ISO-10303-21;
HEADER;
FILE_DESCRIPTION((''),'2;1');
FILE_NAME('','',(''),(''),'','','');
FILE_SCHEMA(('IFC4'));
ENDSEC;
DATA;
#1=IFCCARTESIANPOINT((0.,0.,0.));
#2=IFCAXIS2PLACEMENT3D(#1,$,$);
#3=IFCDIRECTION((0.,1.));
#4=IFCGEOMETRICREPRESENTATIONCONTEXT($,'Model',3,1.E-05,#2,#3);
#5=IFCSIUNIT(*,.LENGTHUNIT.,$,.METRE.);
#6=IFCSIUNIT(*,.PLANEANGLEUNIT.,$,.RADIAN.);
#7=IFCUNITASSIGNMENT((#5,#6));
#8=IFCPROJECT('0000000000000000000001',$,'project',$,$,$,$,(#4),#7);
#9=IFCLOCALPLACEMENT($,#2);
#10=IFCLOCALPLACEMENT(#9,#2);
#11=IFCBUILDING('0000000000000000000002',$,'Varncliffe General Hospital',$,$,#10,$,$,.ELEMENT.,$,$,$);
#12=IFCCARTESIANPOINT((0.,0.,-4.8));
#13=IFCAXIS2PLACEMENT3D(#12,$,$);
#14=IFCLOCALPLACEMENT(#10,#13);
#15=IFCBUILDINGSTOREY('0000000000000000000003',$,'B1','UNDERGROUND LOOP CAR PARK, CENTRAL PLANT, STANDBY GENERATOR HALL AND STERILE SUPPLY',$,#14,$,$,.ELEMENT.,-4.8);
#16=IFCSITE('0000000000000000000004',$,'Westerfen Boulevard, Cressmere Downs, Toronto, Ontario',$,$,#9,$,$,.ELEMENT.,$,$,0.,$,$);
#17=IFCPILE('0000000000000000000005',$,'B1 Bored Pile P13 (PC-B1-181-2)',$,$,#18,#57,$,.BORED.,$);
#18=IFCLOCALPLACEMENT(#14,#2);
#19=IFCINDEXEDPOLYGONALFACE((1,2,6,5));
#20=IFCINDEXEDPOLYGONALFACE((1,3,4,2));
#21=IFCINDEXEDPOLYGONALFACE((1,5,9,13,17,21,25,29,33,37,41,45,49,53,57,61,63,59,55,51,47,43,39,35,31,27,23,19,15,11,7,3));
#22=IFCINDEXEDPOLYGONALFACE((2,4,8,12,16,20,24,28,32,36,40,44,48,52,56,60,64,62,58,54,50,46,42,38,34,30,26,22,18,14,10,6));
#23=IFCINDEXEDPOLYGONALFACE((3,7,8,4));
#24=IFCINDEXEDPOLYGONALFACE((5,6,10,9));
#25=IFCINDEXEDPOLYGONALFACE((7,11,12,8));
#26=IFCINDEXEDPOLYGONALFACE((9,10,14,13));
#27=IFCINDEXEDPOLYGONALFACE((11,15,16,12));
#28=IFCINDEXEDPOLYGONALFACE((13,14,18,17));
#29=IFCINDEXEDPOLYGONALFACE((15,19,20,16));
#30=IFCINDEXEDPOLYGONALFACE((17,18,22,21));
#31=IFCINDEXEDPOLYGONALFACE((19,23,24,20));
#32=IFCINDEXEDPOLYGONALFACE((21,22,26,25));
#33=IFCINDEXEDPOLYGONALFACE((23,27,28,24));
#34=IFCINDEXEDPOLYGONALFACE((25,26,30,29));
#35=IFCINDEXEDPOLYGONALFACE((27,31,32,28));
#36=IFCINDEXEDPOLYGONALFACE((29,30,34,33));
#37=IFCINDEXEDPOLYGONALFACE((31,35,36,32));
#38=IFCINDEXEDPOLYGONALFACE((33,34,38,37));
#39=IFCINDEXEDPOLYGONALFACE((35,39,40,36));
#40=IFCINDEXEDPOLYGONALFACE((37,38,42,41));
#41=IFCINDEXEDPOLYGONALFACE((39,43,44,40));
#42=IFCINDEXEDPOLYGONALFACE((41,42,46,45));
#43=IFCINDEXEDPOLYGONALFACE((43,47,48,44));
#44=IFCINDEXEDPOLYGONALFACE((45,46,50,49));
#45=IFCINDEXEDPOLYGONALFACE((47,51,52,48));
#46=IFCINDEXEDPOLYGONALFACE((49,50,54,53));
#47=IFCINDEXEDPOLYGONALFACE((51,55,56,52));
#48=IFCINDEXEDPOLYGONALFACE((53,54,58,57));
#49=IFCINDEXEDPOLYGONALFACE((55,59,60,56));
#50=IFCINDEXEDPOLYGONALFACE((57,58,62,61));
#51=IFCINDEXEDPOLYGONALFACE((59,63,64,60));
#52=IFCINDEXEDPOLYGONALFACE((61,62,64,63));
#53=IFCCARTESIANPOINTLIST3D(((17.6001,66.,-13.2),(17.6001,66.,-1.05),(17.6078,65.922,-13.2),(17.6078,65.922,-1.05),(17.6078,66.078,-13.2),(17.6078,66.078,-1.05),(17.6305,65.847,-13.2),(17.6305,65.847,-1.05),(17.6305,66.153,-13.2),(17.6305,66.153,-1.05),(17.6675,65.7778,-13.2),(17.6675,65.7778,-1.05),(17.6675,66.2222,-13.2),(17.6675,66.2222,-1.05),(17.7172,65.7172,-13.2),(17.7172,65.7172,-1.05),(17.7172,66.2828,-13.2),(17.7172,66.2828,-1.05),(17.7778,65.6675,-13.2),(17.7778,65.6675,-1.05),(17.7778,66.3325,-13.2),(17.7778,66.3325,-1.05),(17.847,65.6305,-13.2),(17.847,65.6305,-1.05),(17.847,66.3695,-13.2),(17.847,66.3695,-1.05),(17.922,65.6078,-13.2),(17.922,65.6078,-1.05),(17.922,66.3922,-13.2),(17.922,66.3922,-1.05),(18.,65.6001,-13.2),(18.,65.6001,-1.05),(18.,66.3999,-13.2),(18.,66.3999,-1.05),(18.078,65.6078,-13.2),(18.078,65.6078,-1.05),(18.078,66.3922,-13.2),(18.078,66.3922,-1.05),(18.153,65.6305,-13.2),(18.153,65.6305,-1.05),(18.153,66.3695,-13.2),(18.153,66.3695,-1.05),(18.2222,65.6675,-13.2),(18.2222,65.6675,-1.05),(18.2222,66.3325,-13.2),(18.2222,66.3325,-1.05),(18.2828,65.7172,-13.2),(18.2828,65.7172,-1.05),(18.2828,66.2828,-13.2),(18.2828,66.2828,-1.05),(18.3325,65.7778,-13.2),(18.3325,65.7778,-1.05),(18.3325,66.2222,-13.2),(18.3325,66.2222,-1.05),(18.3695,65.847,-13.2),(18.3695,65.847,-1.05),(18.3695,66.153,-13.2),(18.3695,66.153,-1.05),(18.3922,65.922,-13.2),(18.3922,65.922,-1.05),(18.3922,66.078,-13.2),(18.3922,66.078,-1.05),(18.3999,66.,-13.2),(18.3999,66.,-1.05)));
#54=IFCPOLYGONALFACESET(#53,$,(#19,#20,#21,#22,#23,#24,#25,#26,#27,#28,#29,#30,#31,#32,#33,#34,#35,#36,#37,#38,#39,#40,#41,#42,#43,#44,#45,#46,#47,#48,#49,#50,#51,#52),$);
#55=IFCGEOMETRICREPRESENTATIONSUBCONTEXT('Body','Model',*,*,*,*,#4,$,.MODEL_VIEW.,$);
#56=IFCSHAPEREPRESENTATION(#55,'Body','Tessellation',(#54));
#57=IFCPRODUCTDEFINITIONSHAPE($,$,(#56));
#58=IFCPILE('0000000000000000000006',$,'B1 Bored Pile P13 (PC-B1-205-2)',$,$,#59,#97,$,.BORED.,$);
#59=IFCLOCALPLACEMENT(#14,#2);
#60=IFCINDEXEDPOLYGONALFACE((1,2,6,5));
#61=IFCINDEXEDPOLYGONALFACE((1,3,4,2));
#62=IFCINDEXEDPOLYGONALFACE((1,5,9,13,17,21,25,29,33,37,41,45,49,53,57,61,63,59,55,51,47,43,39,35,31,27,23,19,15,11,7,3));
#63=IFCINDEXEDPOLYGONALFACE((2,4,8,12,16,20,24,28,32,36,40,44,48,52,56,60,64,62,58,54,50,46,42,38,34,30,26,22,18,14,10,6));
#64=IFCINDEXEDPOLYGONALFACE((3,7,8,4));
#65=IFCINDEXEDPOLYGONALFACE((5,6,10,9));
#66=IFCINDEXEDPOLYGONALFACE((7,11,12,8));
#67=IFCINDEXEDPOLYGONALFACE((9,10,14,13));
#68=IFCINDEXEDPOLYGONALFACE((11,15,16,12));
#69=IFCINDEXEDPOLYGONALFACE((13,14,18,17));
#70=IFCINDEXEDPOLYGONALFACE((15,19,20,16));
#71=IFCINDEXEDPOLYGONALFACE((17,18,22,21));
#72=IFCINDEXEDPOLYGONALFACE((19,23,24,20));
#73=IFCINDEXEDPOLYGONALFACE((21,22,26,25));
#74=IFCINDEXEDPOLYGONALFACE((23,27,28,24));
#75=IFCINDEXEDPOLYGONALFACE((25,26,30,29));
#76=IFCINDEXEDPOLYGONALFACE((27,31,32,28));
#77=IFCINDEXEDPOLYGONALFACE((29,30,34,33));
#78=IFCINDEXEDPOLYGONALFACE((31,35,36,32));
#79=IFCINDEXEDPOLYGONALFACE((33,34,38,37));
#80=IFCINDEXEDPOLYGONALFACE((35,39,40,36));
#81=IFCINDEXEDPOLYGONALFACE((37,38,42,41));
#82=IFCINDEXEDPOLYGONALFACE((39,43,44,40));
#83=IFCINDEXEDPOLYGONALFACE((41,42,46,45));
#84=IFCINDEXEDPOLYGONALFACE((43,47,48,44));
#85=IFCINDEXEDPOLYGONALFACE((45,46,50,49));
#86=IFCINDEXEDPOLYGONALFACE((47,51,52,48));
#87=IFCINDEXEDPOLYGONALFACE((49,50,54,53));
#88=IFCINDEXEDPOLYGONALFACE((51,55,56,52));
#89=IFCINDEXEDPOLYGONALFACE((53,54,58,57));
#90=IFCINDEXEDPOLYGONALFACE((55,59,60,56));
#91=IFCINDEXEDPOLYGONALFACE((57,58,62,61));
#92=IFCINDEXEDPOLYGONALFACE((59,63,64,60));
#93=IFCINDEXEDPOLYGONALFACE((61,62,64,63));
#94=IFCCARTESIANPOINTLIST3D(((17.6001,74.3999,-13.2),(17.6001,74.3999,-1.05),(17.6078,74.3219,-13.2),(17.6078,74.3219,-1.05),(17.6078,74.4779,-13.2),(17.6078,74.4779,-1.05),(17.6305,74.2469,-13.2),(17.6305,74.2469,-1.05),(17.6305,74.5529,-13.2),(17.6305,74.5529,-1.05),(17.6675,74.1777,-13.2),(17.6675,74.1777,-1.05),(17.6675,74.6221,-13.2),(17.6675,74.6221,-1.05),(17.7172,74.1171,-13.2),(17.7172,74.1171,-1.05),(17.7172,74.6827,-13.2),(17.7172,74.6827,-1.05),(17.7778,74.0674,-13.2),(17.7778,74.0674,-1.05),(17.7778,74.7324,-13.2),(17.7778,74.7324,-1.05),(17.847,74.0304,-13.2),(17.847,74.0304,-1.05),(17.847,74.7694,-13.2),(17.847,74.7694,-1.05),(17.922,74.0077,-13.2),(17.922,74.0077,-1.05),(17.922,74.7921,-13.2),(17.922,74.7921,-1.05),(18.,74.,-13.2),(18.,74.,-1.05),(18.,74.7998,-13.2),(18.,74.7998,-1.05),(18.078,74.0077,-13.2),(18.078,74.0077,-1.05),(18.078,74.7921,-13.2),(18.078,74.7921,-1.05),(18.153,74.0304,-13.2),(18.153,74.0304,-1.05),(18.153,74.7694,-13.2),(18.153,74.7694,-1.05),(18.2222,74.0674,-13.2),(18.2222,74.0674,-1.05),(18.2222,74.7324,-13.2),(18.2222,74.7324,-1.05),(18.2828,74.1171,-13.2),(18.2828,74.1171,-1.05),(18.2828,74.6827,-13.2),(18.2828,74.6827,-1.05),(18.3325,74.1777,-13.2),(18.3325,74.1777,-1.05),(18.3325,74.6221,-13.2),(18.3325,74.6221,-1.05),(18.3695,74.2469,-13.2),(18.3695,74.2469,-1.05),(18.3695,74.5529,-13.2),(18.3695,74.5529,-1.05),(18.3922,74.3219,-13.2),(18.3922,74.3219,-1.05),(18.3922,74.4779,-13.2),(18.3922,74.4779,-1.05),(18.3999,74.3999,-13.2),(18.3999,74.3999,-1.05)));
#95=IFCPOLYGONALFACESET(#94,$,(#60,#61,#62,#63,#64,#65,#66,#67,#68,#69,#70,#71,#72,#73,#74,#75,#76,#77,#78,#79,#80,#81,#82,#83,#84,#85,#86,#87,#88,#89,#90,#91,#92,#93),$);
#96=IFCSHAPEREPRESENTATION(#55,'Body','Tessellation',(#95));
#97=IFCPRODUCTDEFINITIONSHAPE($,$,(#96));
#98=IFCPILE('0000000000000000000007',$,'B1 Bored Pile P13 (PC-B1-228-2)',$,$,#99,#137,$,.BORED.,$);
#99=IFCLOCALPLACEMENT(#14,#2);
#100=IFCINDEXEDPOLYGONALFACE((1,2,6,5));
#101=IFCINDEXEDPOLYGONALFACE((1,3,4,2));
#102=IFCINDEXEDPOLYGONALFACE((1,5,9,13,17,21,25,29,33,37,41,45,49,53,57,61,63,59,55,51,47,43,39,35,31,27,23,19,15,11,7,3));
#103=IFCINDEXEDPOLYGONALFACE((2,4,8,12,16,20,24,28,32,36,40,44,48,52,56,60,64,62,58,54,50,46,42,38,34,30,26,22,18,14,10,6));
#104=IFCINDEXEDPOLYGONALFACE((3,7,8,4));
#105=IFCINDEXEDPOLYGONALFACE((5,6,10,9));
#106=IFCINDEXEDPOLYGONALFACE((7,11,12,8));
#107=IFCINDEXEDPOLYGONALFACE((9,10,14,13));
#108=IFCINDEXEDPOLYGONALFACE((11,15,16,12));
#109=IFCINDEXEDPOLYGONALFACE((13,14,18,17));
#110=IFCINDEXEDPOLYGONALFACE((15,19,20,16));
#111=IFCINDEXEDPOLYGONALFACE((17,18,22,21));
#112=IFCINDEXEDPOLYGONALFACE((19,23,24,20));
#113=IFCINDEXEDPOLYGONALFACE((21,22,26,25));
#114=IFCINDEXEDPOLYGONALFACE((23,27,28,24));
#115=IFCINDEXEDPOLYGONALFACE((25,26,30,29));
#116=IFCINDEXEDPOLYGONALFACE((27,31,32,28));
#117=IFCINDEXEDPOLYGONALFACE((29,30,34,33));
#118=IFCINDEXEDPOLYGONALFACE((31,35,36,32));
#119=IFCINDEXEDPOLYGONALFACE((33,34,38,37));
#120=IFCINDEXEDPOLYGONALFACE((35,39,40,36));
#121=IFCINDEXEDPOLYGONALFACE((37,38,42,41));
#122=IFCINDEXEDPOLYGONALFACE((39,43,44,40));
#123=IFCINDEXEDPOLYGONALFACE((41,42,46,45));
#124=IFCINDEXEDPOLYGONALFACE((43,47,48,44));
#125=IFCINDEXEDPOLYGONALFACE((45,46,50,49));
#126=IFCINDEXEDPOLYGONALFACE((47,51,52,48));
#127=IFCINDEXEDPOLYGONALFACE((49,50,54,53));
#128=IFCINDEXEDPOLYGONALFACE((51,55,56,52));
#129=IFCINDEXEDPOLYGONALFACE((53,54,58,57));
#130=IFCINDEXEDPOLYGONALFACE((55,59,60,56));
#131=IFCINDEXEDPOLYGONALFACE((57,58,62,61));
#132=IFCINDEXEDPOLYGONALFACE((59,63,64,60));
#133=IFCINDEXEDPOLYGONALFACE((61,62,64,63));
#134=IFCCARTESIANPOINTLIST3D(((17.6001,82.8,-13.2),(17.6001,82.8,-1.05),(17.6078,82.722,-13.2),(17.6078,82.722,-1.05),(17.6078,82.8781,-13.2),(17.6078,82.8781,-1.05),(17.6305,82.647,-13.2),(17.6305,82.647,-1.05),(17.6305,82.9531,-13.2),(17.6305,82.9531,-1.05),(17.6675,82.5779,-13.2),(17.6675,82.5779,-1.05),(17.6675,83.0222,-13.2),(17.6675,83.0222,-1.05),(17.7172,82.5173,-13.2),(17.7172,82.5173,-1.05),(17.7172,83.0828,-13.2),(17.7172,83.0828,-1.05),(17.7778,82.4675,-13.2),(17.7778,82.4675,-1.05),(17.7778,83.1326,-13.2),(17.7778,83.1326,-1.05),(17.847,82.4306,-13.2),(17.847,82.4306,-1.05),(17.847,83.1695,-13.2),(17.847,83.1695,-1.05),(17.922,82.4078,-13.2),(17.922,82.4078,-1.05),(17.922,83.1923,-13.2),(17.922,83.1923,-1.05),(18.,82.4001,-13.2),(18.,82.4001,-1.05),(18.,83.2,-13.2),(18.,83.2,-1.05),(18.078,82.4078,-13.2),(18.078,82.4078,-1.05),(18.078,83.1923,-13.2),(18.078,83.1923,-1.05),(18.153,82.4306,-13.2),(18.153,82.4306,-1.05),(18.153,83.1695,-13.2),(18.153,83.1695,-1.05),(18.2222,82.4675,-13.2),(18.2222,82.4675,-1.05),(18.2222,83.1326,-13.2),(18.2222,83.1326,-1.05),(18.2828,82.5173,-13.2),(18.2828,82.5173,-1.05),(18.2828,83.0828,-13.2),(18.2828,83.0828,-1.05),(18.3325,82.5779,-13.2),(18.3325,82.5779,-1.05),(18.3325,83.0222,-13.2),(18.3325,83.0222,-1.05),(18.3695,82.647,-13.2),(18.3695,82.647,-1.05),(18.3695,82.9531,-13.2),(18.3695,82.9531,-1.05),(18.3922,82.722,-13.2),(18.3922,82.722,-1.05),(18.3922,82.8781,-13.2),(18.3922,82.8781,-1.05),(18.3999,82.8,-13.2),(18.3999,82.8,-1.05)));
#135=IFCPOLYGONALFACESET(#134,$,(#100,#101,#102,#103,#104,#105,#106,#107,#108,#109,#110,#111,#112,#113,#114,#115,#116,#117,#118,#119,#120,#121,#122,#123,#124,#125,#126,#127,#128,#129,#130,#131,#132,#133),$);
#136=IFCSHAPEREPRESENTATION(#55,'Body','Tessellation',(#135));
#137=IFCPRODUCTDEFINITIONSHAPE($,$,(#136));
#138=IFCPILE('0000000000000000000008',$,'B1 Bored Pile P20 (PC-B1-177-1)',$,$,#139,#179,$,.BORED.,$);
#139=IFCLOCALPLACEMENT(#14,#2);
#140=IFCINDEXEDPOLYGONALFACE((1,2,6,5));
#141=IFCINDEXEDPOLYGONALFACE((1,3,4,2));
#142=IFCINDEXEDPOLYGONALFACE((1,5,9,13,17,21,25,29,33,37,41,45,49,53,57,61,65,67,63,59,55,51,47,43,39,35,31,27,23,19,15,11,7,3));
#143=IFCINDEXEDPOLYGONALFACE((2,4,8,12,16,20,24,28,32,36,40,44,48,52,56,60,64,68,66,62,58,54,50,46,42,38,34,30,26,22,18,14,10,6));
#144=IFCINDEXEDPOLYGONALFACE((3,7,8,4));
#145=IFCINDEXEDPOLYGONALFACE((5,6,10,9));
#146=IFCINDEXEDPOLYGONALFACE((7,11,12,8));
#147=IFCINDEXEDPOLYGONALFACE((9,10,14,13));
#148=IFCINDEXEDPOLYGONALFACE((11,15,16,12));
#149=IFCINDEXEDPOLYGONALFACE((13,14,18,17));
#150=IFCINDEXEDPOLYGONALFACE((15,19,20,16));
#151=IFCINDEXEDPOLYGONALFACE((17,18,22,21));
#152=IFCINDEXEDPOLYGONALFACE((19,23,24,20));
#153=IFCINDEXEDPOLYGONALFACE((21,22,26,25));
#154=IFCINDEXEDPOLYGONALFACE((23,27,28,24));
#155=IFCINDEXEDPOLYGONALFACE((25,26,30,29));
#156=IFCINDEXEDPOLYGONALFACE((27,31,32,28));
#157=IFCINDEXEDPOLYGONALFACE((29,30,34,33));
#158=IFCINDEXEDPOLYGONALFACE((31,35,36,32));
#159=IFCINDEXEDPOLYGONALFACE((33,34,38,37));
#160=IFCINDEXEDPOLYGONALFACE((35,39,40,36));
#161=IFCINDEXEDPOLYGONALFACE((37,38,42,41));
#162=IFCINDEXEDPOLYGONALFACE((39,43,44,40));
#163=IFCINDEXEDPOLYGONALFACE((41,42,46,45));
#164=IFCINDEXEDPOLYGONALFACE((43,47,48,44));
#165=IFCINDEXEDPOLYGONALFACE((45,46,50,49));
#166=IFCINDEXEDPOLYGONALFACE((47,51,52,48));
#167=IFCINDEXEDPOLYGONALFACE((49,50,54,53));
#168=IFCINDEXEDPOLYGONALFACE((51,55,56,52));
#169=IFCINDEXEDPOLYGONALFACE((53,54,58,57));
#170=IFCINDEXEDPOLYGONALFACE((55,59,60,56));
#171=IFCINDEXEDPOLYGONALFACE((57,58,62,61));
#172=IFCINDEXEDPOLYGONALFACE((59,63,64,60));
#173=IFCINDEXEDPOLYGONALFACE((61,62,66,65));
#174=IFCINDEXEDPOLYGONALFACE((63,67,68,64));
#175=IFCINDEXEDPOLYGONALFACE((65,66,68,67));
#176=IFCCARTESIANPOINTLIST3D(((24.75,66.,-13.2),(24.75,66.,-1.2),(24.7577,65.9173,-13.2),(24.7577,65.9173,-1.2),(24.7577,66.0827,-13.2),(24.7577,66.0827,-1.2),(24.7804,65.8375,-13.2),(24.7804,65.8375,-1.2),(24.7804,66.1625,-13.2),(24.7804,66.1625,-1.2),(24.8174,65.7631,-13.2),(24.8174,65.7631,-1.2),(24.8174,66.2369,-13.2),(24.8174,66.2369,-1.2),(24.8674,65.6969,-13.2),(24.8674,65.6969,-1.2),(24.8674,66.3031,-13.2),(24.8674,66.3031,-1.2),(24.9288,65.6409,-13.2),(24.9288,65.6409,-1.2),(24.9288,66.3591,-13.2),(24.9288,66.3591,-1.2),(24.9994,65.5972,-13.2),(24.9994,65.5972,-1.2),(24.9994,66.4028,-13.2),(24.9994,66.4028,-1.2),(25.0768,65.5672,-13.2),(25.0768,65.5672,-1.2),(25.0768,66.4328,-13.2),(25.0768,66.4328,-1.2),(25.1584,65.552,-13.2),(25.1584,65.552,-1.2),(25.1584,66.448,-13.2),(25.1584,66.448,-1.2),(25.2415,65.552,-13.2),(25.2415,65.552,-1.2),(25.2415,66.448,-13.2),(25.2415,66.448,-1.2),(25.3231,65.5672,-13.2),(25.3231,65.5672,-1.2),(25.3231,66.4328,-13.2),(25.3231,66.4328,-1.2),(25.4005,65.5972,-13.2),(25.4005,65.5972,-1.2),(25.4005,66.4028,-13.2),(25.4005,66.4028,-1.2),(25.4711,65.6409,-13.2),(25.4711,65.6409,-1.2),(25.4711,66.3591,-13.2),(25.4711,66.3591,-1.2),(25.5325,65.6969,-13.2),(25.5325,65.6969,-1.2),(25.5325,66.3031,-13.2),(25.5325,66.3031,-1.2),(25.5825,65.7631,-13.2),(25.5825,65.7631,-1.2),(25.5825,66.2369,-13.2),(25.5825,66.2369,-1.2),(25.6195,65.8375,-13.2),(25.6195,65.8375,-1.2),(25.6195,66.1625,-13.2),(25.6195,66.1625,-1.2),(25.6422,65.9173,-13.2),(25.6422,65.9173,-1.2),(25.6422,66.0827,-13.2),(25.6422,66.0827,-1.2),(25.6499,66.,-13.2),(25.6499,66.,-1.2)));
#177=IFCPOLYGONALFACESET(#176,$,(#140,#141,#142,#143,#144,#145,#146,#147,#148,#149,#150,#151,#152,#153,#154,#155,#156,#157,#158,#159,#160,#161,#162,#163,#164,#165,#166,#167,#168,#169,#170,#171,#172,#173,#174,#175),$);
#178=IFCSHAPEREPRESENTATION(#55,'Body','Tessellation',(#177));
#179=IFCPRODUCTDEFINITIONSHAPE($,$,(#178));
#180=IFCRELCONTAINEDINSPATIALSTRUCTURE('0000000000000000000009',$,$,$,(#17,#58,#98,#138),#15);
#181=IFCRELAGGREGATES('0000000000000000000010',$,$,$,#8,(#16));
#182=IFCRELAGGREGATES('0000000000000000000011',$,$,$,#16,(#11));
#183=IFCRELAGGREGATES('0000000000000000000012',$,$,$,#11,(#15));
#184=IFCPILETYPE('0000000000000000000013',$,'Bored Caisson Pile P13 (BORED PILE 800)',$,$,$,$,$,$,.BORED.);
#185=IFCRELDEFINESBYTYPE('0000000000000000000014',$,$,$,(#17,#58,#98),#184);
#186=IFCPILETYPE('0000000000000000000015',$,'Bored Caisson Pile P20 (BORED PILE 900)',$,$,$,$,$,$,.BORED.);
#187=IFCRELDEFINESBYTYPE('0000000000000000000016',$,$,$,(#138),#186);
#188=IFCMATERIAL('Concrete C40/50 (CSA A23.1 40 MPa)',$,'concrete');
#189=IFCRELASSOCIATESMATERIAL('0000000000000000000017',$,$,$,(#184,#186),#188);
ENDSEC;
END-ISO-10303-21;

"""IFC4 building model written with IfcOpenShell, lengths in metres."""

from ifc_helpers import new_model, si_unit, direction, frame, origin, origin_2d, place, context, subcontext, project, spatial, circle, extrude, material, material_profile, profile_set, type_object, element, save


model = new_model("IFC4")

# Units and contexts
model_context = context("Model", 3, precision=1e-05, world=origin(), true_north=direction((0.0, 1.0)))
body_context = subcontext(model_context, "Body", "Model", "MODEL_VIEW")
ifc_project = project(units=[si_unit("LENGTHUNIT", "METRE"), si_unit("PLANEANGLEUNIT", "RADIAN")], contexts=[model_context])

# Site, building, storey
site_placement = place(None, origin())
site = spatial("IfcSite", under=ifc_project, at=site_placement, Name="Westerfen Boulevard, Cressmere Downs, Toronto, Ontario", CompositionType="ELEMENT", RefElevation=0.0)
building_placement = place(site_placement, origin())
building = spatial("IfcBuilding", under=site, at=building_placement, Name="Varncliffe General Hospital", CompositionType="ELEMENT")
storey_placement = place(building_placement, frame((0.0, 0.0, -4.8)))
storey = spatial("IfcBuildingStorey", under=building, at=storey_placement, Name="B1", Description="UNDERGROUND LOOP CAR PARK, CENTRAL PLANT, STANDBY GENERATOR HALL AND STERILE SUPPLY", CompositionType="ELEMENT", Elevation=-4.8)

# Piles
ifc_material_1 = material(Name="Concrete C40/50 (CSA A23.1 40 MPa)", Category="concrete")
ifc_material_profile_1 = material_profile(ifc_material_1, circle(Radius=0.3999, at=origin_2d()), Name="BORED PILE 800")
ifc_profile_set_1 = profile_set([ifc_material_profile_1], Name="Concrete C40/50 (CSA A23.1 40 MPa)")
pile_type_1 = type_object("IfcPileType", Name="Bored Caisson Pile P13 (BORED PILE 800)", PredefinedType="BORED", material=ifc_profile_set_1)
for number, where, z_axis, x_axis, name in (
    (1, (18.0, 66.0, -1.05), (0.0, 0.0, -1.0), (1.0, 0.0, 0.0), "B1 Bored Pile P13 (PC-B1-181-2)"),
    (2, (18.0, 74.3999, -1.05), (0.0, 0.0, -1.0), (1.0, 0.0, 0.0), "B1 Bored Pile P13 (PC-B1-205-2)"),
    (3, (18.0, 82.8, -1.05), (0.0, 0.0, -1.0), (1.0, 0.0, 0.0), "B1 Bored Pile P13 (PC-B1-228-2)"),
):
    element("IfcPile", number, at=place(storey_placement, frame(where, z_axis=z_axis, x_axis=x_axis)), inside=storey, type_object=pile_type_1, Name=name, PredefinedType="BORED", context=body_context, shape_type="SweptSolid", body=[
        extrude(circle(Radius=0.3999, at=origin_2d()), origin(), (0.0, 0.0, 1.0), 12.1499),
    ])
ifc_material_profile_2 = material_profile(ifc_material_1, circle(Radius=0.45, at=origin_2d()), Name="BORED PILE 900")
ifc_profile_set_2 = profile_set([ifc_material_profile_2], Name="Concrete C40/50 (CSA A23.1 40 MPa)")
pile_type_2 = type_object("IfcPileType", Name="Bored Caisson Pile P20 (BORED PILE 900)", PredefinedType="BORED", material=ifc_profile_set_2)
for number, where, z_axis, x_axis, name in (
    (4, (25.2, 66.0, -1.2), (0.0, 0.0, -1.0), (1.0, 0.0, 0.0), "B1 Bored Pile P20 (PC-B1-177-1)"),
):
    element("IfcPile", number, at=place(storey_placement, frame(where, z_axis=z_axis, x_axis=x_axis)), inside=storey, type_object=pile_type_2, Name=name, PredefinedType="BORED", context=body_context, shape_type="SweptSolid", body=[
        extrude(circle(Radius=0.45, at=origin_2d()), origin(), (0.0, 0.0, 1.0), 12.0),
    ])

save(model, "model.ifc")
